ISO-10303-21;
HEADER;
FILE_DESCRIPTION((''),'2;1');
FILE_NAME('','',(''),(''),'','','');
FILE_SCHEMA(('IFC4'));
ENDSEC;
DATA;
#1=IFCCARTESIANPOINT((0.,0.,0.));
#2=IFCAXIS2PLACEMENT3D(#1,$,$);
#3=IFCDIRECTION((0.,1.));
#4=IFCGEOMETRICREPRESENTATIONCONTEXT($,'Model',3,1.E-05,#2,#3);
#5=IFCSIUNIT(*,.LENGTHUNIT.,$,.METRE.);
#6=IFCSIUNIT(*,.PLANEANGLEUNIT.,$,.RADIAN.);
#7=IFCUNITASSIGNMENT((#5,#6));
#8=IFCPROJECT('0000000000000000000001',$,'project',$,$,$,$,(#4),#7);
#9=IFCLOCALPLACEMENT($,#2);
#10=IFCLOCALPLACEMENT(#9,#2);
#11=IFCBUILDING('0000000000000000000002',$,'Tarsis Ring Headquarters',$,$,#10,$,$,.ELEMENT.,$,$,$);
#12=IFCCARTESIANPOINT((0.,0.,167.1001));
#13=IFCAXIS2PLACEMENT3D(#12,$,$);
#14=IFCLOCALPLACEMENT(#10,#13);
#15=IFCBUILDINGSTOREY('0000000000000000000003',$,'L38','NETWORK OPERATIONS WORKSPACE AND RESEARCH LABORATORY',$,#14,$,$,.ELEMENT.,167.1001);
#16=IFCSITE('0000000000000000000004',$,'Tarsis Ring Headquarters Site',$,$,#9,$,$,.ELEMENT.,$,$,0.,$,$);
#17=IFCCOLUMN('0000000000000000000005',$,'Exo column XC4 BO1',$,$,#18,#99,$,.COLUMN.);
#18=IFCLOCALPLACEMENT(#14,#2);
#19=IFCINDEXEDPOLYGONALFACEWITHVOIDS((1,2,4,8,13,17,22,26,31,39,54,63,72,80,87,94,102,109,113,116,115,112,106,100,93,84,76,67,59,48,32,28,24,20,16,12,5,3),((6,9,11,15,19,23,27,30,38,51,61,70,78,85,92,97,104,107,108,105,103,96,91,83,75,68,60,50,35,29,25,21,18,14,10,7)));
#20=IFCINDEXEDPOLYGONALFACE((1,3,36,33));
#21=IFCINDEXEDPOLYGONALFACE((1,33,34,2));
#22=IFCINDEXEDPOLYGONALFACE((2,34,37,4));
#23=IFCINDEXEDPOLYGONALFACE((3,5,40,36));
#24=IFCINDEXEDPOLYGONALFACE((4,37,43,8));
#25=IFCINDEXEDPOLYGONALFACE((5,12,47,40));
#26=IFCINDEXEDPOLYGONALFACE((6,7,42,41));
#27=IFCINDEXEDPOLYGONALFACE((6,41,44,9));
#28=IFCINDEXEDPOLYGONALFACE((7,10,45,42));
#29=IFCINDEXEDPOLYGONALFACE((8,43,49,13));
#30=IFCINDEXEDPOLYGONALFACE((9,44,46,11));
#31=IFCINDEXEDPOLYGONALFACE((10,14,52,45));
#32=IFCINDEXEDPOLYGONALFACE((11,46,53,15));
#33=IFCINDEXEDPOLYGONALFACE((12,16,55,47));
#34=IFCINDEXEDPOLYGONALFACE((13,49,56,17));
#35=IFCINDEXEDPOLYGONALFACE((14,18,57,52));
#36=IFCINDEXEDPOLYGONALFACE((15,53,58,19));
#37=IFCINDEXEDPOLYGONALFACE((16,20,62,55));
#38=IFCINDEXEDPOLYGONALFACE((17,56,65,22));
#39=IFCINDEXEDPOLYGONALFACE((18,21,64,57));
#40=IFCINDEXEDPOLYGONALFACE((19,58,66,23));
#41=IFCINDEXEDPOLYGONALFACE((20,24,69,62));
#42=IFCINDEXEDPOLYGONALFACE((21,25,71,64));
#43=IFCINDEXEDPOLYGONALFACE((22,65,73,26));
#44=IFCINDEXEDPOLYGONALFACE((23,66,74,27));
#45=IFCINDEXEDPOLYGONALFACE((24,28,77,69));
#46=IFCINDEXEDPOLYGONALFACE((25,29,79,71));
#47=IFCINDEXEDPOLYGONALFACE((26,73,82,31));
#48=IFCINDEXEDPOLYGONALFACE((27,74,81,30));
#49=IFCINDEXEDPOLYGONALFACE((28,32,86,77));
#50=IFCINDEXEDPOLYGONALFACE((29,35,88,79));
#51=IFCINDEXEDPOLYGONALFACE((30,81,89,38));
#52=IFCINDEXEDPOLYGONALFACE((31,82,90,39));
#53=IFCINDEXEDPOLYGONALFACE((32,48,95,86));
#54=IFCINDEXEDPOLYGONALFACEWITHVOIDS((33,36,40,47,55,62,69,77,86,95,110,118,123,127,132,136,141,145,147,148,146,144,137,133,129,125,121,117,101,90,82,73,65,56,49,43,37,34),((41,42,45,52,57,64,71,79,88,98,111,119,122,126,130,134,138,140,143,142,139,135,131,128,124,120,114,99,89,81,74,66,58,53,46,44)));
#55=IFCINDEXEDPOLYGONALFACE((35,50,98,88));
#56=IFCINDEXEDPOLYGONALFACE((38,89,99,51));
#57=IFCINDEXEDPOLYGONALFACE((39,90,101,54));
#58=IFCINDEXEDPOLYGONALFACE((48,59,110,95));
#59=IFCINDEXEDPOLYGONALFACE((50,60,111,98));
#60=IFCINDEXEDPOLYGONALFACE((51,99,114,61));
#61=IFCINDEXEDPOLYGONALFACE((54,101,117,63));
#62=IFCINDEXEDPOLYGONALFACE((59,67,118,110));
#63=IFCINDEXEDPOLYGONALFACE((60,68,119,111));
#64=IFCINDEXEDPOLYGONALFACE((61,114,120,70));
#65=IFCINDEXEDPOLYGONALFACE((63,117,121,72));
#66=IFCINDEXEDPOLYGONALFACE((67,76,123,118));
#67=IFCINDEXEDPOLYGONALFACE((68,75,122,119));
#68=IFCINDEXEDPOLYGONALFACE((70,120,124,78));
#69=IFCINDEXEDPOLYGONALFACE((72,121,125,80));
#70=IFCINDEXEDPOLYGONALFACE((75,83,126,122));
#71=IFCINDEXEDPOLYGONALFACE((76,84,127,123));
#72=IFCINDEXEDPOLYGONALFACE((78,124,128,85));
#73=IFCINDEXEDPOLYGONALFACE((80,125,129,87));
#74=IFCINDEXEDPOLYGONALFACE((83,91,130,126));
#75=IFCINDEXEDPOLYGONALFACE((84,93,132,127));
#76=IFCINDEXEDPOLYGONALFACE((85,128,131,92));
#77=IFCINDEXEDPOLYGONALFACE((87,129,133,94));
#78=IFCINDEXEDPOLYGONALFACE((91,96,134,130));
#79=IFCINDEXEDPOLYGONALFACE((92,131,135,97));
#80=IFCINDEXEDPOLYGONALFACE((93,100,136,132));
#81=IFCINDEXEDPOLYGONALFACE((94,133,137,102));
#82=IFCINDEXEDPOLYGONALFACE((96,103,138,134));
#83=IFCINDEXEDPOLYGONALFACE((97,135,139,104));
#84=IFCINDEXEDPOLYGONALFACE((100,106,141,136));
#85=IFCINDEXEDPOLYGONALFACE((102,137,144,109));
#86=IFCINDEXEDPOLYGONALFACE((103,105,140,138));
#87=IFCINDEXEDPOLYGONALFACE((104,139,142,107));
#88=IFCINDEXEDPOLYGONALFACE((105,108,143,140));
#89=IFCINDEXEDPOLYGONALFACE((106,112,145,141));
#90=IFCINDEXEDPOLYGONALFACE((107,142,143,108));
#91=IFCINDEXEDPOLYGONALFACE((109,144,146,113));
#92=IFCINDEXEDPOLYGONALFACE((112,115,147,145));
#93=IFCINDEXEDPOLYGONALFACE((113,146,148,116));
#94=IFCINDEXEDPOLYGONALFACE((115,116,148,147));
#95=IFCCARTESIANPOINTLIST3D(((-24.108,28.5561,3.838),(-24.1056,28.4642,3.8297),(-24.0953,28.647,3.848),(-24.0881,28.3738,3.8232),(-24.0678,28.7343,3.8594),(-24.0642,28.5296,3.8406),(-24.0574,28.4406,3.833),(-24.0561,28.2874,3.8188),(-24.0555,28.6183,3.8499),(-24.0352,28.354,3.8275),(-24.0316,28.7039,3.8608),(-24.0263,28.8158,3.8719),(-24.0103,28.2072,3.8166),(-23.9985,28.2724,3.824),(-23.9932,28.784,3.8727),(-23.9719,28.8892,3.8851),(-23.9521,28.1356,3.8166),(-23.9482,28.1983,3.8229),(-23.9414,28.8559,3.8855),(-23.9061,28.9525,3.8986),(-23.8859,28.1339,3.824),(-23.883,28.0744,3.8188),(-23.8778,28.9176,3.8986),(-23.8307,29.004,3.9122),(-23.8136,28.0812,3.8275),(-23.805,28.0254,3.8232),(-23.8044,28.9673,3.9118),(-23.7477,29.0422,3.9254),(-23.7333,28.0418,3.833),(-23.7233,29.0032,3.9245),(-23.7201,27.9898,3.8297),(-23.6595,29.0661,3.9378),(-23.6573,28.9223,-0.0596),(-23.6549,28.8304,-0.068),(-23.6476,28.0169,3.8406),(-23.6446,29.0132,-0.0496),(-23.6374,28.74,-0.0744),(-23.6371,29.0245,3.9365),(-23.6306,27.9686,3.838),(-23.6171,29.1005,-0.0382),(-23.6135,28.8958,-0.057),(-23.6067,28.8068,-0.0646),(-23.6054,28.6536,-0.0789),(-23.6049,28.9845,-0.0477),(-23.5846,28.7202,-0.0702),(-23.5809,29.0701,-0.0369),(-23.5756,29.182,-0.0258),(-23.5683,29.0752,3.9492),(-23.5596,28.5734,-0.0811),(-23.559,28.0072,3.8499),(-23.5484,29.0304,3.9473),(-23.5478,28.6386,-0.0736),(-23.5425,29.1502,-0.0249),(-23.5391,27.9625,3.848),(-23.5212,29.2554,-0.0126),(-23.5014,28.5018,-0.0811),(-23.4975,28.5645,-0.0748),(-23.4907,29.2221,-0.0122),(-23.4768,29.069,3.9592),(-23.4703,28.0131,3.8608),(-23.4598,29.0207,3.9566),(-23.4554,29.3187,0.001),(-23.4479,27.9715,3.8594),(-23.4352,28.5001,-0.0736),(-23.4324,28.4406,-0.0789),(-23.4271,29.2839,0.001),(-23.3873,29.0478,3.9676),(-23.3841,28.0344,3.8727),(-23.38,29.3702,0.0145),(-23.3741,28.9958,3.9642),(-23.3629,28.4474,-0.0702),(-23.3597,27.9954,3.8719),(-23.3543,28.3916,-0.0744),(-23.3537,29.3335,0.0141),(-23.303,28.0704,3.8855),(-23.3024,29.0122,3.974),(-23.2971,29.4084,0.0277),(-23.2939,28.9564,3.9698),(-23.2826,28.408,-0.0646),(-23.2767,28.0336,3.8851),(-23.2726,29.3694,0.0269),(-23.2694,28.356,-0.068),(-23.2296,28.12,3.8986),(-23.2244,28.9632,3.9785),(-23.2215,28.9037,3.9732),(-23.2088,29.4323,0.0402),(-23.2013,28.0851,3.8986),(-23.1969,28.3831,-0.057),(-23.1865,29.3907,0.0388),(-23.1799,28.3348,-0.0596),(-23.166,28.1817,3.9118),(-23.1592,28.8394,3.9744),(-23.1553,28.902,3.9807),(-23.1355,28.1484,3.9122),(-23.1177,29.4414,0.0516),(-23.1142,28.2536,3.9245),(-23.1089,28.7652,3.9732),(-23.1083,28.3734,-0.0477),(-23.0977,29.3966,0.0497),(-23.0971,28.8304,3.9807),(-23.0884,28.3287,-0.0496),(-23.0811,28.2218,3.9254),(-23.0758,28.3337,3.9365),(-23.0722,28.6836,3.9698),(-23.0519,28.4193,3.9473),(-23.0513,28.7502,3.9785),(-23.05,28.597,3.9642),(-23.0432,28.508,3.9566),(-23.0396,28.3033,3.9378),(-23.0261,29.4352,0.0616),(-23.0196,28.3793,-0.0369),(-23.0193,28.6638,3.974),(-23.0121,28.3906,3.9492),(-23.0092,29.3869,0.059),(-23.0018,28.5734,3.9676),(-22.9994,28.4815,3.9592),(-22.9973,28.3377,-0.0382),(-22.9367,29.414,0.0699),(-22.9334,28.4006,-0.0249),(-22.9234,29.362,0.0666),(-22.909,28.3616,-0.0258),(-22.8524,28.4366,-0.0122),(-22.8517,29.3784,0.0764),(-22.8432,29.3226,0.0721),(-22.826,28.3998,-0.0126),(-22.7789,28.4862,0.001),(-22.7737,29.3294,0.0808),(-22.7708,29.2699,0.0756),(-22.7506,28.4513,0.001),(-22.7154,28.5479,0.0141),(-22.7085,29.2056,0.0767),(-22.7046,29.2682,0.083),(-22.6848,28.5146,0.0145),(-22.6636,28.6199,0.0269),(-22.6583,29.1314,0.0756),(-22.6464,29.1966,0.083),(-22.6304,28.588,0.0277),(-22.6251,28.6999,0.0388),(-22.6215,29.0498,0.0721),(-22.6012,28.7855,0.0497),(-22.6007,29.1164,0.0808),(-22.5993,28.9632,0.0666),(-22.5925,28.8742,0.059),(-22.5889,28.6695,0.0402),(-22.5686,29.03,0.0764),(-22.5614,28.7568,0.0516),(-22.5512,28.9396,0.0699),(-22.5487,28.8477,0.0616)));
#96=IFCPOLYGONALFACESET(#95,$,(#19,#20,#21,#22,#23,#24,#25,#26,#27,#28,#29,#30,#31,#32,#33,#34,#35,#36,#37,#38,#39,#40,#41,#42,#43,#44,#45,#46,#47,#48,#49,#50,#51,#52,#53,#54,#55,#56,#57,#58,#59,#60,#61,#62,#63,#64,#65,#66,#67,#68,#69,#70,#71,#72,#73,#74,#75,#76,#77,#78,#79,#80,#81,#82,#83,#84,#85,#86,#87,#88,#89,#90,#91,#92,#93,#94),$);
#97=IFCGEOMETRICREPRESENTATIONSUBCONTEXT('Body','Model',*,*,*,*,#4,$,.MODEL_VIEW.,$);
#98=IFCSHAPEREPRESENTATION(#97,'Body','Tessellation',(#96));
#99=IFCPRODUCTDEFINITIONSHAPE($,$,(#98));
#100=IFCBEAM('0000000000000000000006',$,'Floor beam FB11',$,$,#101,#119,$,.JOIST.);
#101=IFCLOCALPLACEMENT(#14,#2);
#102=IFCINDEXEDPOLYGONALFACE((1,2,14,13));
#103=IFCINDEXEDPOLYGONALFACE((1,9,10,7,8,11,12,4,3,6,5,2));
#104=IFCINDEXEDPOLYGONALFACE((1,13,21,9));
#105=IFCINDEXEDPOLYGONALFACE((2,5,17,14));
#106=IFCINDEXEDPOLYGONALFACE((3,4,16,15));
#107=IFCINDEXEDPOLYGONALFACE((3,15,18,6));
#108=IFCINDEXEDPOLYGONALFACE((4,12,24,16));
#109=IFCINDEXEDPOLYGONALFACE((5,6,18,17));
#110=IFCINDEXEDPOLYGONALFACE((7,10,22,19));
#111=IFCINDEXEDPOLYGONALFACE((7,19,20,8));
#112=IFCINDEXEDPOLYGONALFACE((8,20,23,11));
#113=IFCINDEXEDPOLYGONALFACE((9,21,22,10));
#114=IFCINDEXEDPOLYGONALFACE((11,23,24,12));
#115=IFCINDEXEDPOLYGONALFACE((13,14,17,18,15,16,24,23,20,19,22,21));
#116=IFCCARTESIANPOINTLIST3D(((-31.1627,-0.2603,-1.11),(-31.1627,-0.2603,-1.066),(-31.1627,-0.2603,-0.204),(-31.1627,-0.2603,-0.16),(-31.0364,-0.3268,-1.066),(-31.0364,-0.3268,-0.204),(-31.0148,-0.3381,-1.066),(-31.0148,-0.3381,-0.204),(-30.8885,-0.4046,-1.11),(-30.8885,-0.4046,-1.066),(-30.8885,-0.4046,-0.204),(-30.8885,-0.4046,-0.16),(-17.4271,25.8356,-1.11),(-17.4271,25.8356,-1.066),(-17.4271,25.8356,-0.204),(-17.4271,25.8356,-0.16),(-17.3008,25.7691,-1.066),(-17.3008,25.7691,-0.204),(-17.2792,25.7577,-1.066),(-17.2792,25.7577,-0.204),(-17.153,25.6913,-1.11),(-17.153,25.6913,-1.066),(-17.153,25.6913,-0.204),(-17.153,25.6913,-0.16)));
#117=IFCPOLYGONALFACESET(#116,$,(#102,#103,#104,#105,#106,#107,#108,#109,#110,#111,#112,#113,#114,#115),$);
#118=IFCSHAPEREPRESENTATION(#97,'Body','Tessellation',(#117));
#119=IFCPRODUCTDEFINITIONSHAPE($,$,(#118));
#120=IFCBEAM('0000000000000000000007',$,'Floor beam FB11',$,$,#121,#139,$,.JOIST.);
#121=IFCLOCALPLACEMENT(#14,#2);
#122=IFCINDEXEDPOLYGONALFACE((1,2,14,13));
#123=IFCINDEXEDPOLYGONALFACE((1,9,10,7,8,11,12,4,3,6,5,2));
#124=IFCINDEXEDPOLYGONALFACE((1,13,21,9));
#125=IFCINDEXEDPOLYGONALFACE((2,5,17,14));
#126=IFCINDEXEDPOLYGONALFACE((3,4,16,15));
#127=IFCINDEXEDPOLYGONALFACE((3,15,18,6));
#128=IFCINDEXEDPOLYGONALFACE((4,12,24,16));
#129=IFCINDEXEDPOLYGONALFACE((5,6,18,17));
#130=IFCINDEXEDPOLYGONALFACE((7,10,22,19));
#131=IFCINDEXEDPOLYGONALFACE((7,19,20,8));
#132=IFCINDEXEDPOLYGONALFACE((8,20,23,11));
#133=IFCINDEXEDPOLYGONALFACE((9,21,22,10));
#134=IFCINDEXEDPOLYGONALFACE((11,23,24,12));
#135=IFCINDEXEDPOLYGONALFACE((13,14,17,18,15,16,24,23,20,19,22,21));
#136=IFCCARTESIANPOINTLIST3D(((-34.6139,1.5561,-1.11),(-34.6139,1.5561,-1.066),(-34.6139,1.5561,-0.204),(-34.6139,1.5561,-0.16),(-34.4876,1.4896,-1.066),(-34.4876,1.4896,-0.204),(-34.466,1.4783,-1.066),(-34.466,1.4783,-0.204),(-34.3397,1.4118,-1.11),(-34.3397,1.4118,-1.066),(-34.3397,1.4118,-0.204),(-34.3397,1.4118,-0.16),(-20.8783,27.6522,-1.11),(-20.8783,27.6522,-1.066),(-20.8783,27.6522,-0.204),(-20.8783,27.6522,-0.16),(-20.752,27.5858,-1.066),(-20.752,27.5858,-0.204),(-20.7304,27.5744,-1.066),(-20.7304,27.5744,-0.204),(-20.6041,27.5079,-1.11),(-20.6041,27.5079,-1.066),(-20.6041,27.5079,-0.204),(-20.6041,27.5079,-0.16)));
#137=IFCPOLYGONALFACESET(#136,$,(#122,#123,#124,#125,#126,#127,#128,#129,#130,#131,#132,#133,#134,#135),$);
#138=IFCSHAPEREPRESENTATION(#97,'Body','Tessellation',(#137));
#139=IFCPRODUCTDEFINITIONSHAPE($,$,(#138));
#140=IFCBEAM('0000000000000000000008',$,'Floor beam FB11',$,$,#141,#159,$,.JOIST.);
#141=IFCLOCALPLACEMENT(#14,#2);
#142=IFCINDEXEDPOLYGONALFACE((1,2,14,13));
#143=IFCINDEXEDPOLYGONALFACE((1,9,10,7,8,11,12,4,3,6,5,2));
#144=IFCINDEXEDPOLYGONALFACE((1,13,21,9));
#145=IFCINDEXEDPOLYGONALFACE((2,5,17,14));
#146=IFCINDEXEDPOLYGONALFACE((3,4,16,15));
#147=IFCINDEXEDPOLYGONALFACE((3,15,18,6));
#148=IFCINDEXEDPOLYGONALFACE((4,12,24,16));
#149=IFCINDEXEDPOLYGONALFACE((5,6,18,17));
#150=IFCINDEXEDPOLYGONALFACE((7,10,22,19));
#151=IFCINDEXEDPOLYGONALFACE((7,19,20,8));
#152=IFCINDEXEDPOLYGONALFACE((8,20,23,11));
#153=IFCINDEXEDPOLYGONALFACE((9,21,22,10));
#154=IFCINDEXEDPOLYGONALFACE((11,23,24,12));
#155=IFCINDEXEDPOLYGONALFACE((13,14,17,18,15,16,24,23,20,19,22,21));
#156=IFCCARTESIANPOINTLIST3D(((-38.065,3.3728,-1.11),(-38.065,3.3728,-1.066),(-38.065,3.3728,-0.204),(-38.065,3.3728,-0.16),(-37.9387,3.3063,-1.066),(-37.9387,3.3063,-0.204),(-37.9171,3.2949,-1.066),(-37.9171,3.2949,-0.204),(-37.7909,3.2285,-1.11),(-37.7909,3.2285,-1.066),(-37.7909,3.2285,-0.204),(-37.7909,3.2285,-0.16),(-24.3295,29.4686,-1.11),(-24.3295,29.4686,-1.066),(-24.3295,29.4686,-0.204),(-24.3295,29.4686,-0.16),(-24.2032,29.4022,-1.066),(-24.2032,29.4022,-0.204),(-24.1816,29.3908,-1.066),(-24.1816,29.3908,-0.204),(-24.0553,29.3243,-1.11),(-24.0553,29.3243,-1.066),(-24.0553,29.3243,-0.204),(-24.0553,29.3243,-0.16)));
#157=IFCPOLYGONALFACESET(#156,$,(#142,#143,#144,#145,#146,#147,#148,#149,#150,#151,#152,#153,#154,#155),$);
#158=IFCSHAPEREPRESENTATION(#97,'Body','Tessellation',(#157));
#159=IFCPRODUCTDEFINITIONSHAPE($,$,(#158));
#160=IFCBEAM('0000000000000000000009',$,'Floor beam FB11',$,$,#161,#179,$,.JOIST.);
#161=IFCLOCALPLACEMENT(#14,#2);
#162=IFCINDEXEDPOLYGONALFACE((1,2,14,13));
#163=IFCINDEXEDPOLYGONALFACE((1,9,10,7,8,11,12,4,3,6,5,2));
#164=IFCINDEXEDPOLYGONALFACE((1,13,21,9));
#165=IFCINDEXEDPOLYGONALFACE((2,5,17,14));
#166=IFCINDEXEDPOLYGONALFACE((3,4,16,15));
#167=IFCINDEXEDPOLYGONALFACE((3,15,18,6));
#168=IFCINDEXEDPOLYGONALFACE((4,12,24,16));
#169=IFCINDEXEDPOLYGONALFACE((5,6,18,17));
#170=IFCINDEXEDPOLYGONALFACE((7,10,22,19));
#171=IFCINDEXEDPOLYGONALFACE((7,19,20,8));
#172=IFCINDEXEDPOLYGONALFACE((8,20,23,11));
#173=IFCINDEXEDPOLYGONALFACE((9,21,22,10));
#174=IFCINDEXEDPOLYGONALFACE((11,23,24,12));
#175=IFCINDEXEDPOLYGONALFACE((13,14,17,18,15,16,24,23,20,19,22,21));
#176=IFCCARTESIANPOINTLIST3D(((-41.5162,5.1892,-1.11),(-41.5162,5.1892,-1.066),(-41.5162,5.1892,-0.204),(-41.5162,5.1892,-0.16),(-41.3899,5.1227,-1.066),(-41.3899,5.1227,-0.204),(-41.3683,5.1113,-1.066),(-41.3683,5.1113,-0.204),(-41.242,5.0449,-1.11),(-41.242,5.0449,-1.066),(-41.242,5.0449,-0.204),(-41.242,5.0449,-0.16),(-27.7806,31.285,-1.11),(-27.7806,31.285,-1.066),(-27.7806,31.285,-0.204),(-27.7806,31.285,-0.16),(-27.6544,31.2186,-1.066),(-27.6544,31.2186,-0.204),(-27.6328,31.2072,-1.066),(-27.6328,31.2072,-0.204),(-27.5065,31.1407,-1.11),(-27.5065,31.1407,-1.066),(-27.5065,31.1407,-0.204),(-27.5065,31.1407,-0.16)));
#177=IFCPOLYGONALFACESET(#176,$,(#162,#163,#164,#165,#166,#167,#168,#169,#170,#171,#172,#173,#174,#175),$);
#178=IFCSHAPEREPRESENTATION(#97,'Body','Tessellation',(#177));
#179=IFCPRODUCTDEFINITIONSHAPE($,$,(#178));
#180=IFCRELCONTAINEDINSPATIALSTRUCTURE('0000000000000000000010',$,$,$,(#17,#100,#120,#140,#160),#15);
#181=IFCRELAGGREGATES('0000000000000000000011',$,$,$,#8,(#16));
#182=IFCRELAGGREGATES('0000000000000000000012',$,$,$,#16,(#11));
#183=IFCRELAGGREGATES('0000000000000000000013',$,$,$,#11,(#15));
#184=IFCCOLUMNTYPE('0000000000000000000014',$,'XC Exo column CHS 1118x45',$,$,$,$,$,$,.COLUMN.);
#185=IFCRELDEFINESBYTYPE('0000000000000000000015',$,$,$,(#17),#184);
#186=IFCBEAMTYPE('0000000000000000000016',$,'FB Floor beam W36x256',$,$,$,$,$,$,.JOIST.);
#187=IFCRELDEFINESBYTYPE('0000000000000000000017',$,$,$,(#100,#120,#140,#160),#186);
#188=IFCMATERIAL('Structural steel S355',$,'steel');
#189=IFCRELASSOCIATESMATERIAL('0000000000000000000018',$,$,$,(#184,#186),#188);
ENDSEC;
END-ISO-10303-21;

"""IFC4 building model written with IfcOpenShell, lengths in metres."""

from ifc_helpers import new_model, si_unit, direction, frame, origin, origin_2d, place, context, subcontext, project, spatial, hollow_circle, i_section, extrude, material, material_profile, profile_set, type_object, element, save


model = new_model("IFC4")

# Units and contexts
model_context = context("Model", 3, precision=1e-05, world=origin(), true_north=direction((0.0, 1.0)))
body_context = subcontext(model_context, "Body", "Model", "MODEL_VIEW")
ifc_project = project(units=[si_unit("LENGTHUNIT", "METRE"), si_unit("PLANEANGLEUNIT", "RADIAN")], contexts=[model_context])

# Site, building, storey
site_placement = place(None, origin())
site = spatial("IfcSite", under=ifc_project, at=site_placement, Name="Tarsis Ring Headquarters Site", CompositionType="ELEMENT", RefElevation=0.0)
building_placement = place(site_placement, origin())
building = spatial("IfcBuilding", under=site, at=building_placement, Name="Tarsis Ring Headquarters", CompositionType="ELEMENT")
storey_placement = place(building_placement, frame((0.0, 0.0, 167.1001)))
storey = spatial("IfcBuildingStorey", under=building, at=storey_placement, Name="L38", Description="NETWORK OPERATIONS WORKSPACE AND RESEARCH LABORATORY", CompositionType="ELEMENT", Elevation=167.1001)

# Column
ifc_material_1 = material(Name="Structural steel S355", Category="steel")
ifc_material_profile_1 = material_profile(ifc_material_1, hollow_circle(Radius=0.5588, WallThickness=0.0449, at=origin_2d()), Name="CHS 1118x45")
ifc_profile_set_1 = profile_set([ifc_material_profile_1], Name="Structural steel S355")
column_type = type_object("IfcColumnType", Name="XC Exo column CHS 1118x45", PredefinedType="COLUMN", material=ifc_profile_set_1)
column_placement = place(storey_placement, frame((-23.103, 28.885, 0.001), z_axis=(-0.114366, -0.09293, 0.989083), x_axis=(0.630624, -0.776088, 0.0)))
element("IfcColumn", 1, at=column_placement, inside=storey, type_object=column_type, Name="Exo column XC4 BO1", PredefinedType="COLUMN", context=body_context, shape_type="SweptSolid", body=[
    extrude(hollow_circle(Radius=0.5588, WallThickness=0.0449, at=origin_2d()), origin(), (0.0, 0.0, 1.0), 3.9407),
])

# Beams
ifc_material_profile_2 = material_profile(ifc_material_1, i_section(OverallWidth=0.3098, OverallDepth=0.95, WebThickness=0.0244, FlangeThickness=0.0439, at=origin_2d()), Name="W36x256")
ifc_profile_set_2 = profile_set([ifc_material_profile_2], Name="Structural steel S355")
beam_type_1 = type_object("IfcBeamType", Name="FB Floor beam W36x256", PredefinedType="JOIST", material=ifc_profile_set_2)
beam_1_placement = place(storey_placement, frame((-17.29, 25.7634, -0.635), z_axis=(-0.46577, -0.884906, 0.0), x_axis=(0.884906, -0.46577, 0.0)))
element("IfcBeam", 2, at=beam_1_placement, inside=storey, type_object=beam_type_1, Name="Floor beam FB11", PredefinedType="JOIST", context=body_context, shape_type="SweptSolid", body=[
    extrude(i_section(OverallWidth=0.3098, OverallDepth=0.95, WebThickness=0.0244, FlangeThickness=0.0439, at=origin_2d()), origin(), (0.0, 0.0, 1.0), 29.49),
])
beam_2_placement = place(storey_placement, frame((-20.7412, 27.5801, -0.635), z_axis=(-0.465767, -0.884908, 0.0), x_axis=(0.884908, -0.465767, 0.0)))
element("IfcBeam", 3, at=beam_2_placement, inside=storey, type_object=beam_type_1, Name="Floor beam FB11", PredefinedType="JOIST", context=body_context, shape_type="SweptSolid", body=[
    extrude(i_section(OverallWidth=0.3098, OverallDepth=0.95, WebThickness=0.0244, FlangeThickness=0.0439, at=origin_2d()), origin(), (0.0, 0.0, 1.0), 29.4902),
])
for number, where, z_axis, x_axis, name in (
    (4, (-24.1924, 29.3965, -0.635), (-0.46577, -0.884906, 0.0), (0.884906, -0.46577, 0.0), "Floor beam FB11"),
    (5, (-27.6436, 31.2129, -0.635), (-0.46577, -0.884906, 0.0), (0.884906, -0.46577, 0.0), "Floor beam FB11"),
):
    element("IfcBeam", number, at=place(storey_placement, frame(where, z_axis=z_axis, x_axis=x_axis)), inside=storey, type_object=beam_type_1, Name=name, PredefinedType="JOIST", context=body_context, shape_type="SweptSolid", body=[
        extrude(i_section(OverallWidth=0.3098, OverallDepth=0.95, WebThickness=0.0244, FlangeThickness=0.0439, at=origin_2d()), origin(), (0.0, 0.0, 1.0), 29.49),
    ])

save(model, "model.ifc")
